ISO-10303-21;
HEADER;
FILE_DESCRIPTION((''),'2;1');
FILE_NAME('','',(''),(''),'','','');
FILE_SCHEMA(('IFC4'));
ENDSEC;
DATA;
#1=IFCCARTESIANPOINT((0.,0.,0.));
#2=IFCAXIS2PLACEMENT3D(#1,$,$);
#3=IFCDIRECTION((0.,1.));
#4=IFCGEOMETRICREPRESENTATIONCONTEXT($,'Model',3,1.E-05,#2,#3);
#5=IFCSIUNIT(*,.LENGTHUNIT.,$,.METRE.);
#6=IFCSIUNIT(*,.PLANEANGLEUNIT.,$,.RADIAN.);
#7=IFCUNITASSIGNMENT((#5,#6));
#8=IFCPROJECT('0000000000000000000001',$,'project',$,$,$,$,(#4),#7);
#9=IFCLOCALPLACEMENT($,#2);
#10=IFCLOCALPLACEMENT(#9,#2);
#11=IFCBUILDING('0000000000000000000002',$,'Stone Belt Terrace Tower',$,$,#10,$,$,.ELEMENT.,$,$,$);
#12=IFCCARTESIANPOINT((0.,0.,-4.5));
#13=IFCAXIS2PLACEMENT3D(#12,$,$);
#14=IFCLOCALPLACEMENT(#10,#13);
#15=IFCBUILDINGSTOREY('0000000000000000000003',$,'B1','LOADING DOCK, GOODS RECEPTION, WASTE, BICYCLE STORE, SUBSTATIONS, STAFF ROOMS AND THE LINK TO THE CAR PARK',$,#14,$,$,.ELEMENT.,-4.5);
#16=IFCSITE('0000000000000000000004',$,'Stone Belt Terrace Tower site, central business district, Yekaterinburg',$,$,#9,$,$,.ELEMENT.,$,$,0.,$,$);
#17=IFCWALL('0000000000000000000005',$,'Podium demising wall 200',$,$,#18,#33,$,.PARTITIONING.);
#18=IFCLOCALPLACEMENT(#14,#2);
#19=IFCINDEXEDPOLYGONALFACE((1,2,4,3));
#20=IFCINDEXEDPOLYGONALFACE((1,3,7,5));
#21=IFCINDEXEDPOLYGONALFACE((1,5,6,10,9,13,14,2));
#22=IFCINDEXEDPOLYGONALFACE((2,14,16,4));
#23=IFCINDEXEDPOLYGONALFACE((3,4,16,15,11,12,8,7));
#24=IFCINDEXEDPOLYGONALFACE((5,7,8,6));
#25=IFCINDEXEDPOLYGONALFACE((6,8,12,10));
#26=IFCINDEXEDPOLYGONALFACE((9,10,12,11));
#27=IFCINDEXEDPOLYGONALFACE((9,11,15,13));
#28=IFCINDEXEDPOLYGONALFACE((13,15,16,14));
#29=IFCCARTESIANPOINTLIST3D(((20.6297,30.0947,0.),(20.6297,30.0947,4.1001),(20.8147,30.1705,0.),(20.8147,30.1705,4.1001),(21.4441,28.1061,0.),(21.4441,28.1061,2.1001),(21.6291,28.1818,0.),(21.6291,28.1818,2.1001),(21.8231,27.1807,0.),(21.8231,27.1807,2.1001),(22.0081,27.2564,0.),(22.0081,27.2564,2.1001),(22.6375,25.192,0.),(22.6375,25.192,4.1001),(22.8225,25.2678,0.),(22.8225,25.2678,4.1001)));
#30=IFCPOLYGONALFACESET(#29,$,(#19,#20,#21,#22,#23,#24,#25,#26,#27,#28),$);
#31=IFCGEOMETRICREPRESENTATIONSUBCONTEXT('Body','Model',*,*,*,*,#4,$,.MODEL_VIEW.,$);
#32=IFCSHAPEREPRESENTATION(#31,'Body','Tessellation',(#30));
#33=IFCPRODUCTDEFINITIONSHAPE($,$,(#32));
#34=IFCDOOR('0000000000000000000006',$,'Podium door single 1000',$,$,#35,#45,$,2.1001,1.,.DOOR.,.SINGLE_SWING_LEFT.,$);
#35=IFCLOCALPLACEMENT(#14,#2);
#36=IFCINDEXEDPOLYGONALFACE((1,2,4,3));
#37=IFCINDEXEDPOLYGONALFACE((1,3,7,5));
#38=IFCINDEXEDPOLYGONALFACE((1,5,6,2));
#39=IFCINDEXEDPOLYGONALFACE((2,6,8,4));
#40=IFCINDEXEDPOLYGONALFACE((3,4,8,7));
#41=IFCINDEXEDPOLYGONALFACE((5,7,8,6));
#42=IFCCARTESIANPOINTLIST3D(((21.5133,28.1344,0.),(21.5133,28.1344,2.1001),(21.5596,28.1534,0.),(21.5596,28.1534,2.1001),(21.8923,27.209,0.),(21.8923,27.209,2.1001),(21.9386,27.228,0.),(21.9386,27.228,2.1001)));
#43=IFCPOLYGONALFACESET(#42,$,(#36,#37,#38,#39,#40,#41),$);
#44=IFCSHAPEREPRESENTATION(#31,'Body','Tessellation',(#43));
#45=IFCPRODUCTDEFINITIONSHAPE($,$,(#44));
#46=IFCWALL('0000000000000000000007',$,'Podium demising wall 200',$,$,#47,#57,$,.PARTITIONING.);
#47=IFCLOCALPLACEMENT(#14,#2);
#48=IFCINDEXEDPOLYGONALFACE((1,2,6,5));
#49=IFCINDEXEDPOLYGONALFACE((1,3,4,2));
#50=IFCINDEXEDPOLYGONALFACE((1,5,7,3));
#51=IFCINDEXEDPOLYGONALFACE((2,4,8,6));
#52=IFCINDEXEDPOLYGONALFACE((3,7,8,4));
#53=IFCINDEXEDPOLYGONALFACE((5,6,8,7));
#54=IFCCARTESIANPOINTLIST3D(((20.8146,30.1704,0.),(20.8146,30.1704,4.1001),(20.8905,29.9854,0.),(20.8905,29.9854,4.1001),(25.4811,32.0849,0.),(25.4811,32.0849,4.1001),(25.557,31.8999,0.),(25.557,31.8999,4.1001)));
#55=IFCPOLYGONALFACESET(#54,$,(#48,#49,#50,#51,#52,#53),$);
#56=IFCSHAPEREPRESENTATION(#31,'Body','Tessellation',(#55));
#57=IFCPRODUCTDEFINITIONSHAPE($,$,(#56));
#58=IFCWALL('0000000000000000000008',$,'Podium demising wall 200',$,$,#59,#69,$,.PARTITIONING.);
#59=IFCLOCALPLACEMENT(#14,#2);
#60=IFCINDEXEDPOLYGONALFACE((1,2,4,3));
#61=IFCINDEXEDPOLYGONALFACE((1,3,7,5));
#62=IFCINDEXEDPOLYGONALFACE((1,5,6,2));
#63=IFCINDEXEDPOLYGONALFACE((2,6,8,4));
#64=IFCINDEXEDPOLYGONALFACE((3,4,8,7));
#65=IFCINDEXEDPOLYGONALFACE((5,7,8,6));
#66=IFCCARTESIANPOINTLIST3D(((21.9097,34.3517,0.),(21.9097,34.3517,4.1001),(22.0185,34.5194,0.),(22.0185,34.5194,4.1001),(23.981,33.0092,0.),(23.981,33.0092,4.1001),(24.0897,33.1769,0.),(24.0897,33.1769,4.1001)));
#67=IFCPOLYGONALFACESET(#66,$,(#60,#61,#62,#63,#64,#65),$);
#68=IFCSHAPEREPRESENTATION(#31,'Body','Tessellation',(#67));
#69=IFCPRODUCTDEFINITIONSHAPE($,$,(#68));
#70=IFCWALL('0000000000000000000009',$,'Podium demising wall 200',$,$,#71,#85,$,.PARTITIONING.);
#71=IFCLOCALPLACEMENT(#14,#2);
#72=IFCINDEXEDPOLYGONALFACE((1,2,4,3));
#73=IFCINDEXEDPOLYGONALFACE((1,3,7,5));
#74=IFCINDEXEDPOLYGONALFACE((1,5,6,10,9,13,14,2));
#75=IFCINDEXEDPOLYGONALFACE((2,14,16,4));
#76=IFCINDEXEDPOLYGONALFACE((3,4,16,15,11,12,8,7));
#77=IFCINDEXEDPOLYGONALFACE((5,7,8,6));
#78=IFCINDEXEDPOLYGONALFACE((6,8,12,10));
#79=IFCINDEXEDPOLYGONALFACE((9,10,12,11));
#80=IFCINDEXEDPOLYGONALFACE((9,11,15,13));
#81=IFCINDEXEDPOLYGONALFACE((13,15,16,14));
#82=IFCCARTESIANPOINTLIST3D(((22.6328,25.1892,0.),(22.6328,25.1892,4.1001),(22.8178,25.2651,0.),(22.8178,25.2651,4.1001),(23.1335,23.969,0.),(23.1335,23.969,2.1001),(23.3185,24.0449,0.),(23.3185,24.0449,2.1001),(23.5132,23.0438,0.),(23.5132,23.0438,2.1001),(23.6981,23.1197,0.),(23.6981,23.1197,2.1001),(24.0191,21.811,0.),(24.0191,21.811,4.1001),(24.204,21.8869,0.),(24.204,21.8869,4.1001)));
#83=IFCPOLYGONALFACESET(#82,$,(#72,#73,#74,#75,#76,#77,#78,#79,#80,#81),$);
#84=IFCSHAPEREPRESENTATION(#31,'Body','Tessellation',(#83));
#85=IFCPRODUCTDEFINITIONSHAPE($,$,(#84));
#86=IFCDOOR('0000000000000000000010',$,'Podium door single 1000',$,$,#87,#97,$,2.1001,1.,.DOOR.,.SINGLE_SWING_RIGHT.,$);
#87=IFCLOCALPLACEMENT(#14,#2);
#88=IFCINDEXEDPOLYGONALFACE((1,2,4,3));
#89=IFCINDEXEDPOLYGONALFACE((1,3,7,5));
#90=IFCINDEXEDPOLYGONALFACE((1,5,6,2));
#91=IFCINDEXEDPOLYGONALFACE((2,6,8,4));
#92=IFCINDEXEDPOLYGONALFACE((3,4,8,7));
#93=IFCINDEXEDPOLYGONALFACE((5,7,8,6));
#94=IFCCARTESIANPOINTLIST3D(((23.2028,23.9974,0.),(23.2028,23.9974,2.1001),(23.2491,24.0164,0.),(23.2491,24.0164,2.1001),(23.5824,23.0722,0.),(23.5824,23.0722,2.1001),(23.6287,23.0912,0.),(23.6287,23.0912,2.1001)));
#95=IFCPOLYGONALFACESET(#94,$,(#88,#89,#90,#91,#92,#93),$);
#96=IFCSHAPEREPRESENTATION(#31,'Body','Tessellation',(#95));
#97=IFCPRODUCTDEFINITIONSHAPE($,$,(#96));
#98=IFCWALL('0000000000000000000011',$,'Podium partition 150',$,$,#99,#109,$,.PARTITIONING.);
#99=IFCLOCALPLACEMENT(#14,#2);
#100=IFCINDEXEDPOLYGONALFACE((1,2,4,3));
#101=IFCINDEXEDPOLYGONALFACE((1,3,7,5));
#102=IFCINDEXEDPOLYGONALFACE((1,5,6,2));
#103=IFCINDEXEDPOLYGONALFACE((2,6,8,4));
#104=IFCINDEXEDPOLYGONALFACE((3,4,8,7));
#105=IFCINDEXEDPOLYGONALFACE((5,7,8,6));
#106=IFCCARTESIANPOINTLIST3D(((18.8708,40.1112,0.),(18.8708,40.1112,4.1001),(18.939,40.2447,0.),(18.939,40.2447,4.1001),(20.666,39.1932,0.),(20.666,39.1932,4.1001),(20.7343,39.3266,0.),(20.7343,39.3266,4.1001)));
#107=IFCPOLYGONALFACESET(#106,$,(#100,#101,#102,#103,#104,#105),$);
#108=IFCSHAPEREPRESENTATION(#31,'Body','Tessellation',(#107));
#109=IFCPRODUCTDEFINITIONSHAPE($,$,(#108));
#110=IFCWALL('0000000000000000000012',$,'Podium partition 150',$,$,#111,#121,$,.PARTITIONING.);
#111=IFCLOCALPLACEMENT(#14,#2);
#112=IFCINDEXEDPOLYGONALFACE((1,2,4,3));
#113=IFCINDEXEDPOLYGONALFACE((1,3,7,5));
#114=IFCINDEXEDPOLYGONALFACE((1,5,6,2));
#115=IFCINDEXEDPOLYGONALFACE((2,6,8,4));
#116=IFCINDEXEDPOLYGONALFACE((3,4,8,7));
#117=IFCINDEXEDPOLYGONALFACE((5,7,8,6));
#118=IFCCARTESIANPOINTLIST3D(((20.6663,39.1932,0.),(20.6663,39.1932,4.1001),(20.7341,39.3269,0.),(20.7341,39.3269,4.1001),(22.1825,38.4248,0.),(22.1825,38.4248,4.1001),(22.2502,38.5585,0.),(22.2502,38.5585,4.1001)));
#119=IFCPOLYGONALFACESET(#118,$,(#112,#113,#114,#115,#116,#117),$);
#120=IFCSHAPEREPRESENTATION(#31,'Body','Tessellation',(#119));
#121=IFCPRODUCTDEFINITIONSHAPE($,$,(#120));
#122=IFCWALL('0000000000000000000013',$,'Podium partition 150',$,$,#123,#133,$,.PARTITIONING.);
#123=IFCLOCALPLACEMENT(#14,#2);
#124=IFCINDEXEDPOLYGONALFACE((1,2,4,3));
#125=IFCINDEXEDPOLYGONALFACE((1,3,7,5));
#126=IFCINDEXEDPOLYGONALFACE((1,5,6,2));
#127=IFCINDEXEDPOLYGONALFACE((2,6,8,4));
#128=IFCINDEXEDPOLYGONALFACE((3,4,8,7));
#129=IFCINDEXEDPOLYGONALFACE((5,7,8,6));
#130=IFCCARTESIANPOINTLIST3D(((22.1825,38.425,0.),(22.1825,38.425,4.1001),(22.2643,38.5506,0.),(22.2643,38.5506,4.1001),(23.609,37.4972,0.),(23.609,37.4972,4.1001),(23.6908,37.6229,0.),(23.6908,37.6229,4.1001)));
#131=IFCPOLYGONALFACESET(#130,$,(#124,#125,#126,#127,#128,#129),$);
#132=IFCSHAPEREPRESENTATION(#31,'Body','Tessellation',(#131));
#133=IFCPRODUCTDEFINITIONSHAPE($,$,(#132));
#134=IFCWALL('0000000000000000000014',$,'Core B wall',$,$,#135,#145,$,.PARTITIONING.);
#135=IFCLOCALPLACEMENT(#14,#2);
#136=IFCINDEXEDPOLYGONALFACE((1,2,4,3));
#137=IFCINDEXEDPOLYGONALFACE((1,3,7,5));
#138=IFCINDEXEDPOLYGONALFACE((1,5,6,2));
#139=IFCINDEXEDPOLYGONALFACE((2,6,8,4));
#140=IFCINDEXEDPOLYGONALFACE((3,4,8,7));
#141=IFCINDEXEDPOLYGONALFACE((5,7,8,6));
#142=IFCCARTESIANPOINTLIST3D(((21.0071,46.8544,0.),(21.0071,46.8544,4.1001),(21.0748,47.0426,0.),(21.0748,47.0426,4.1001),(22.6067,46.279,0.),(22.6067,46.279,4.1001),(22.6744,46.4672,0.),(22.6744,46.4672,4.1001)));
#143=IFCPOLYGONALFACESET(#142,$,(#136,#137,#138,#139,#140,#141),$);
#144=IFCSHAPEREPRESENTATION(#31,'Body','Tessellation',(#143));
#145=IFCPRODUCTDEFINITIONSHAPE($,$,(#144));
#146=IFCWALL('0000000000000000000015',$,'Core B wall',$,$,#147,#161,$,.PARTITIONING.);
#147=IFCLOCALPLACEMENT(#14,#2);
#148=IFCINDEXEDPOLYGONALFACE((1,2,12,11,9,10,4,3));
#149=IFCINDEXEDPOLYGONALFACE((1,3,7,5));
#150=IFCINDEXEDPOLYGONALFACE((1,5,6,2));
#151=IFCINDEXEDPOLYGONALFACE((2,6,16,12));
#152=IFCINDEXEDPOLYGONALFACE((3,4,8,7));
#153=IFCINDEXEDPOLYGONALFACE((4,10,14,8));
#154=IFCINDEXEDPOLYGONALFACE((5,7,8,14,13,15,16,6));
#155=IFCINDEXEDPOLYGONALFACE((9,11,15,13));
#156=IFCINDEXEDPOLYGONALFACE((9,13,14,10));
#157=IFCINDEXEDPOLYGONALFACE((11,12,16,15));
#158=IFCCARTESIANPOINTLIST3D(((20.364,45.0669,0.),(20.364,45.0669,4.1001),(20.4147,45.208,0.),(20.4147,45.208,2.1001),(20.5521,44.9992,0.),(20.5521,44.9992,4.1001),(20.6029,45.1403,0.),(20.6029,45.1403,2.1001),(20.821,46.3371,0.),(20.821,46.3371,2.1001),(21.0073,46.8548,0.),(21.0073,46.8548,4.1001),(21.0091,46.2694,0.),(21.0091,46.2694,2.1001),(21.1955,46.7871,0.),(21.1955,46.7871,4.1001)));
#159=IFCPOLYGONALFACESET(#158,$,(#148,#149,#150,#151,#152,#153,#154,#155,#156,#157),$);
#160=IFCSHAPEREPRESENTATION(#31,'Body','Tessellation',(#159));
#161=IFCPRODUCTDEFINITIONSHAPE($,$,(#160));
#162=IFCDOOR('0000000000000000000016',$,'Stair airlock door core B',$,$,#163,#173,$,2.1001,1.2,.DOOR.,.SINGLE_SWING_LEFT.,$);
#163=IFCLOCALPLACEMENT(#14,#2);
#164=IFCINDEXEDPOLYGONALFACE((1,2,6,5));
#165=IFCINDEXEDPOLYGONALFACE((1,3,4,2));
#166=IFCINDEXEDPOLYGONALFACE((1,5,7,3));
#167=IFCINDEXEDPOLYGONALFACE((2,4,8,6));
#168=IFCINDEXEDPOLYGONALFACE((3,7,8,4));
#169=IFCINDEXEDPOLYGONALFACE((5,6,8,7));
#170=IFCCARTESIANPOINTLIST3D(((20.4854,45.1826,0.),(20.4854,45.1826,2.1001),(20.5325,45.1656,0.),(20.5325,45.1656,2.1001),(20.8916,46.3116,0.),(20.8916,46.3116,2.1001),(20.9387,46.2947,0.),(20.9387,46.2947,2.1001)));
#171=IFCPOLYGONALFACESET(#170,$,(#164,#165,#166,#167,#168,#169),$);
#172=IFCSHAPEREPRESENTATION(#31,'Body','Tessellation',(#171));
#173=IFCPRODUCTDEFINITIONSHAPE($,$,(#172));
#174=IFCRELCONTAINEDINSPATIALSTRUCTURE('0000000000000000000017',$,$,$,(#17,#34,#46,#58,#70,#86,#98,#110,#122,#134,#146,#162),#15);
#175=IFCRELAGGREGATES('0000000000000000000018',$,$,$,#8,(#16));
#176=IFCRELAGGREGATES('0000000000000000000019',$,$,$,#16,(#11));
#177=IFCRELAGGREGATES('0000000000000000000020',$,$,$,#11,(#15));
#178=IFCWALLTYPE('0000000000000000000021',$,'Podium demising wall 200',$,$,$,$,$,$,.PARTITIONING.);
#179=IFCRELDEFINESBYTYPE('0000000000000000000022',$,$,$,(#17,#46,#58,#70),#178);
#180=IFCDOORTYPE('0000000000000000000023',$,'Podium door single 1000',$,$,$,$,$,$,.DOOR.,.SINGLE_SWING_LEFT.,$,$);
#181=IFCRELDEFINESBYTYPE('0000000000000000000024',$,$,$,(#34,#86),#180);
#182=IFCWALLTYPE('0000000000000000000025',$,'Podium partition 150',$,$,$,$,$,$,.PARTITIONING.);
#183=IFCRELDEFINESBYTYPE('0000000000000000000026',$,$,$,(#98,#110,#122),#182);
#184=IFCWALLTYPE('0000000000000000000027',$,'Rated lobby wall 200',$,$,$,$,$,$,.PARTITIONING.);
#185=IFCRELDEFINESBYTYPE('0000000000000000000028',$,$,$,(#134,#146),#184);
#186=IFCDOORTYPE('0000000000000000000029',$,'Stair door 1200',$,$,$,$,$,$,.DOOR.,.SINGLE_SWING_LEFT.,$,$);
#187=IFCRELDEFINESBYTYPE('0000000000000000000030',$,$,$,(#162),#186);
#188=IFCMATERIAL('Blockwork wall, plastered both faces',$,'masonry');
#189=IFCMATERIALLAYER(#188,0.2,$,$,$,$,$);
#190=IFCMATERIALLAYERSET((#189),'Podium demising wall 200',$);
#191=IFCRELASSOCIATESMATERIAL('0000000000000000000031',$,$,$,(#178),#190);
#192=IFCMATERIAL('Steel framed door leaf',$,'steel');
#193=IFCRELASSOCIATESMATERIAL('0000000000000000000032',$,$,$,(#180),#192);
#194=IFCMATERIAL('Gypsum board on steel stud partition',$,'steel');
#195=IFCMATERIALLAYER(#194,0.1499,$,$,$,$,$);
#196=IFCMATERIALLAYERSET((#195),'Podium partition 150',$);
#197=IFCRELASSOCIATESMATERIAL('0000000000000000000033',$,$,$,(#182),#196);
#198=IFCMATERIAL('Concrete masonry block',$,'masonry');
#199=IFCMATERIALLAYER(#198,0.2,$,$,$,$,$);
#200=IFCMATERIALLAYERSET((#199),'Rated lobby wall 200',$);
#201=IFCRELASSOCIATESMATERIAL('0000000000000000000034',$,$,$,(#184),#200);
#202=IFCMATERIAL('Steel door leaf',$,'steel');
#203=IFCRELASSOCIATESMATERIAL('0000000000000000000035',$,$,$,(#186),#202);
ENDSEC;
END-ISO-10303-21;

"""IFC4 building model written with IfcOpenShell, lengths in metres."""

from ifc_helpers import new_model, si_unit, direction, frame, frame_2d, origin, place, context, subcontext, project, spatial, rectangle, extrude, material, layer, layer_set, type_object, element, fill, save


model = new_model("IFC4")

# Units and contexts
model_context = context("Model", 3, precision=1e-05, world=origin(), true_north=direction((0.0, 1.0)))
body_context = subcontext(model_context, "Body", "Model", "MODEL_VIEW")
ifc_project = project(units=[si_unit("LENGTHUNIT", "METRE"), si_unit("PLANEANGLEUNIT", "RADIAN")], contexts=[model_context])

# Site, building, storey
site_placement = place(None, origin())
site = spatial("IfcSite", under=ifc_project, at=site_placement, Name="Stone Belt Terrace Tower site, central business district, Yekaterinburg", CompositionType="ELEMENT", RefElevation=0.0)
building_placement = place(site_placement, origin())
building = spatial("IfcBuilding", under=site, at=building_placement, Name="Stone Belt Terrace Tower", CompositionType="ELEMENT")
storey_placement = place(building_placement, frame((0.0, 0.0, -4.5)))
storey = spatial("IfcBuildingStorey", under=building, at=storey_placement, Name="B1", Description="LOADING DOCK, GOODS RECEPTION, WASTE, BICYCLE STORE, SUBSTATIONS, STAFF ROOMS AND THE LINK TO THE CAR PARK", CompositionType="ELEMENT", Elevation=-4.5)

# Shared definitions
ifc_material_1 = material(Name="Blockwork wall, plastered both faces", Category="masonry")
ifc_layer_1 = layer(ifc_material_1, 0.2)
ifc_layer_set_1 = layer_set([ifc_layer_1], Name="Podium demising wall 200")
wall_type_1 = type_object("IfcWallType", Name="Podium demising wall 200", PredefinedType="PARTITIONING", material=ifc_layer_set_1)
ifc_material_2 = material(Name="Steel framed door leaf", Category="steel")
door_type_1 = type_object("IfcDoorType", Name="Podium door single 1000", OperationType="SINGLE_SWING_LEFT", PredefinedType="DOOR", material=ifc_material_2)

# Wall, opening, door
wall_1_placement = place(storey_placement, frame((20.7222, 30.1326, 0.0), z_axis=(0.0, 0.0, 1.0), x_axis=(0.37899, -0.925401, 0.0)))
wall_1 = element("IfcWall", 1, at=wall_1_placement, inside=storey, type_object=wall_type_1, Name="Podium demising wall 200", PredefinedType="PARTITIONING", context=body_context, shape_type="SweptSolid", body=[
    extrude(rectangle(XDim=5.2979, YDim=0.2, at=frame_2d((2.6489, 0.0))), origin(), (0.0, 0.0, 1.0), 4.1001),
])
opening_1_placement = place(wall_1_placement, frame((2.1489, 0.0, 0.0)))
opening_1 = element("IfcOpeningElement", 2, at=opening_1_placement, cuts=wall_1, PredefinedType="OPENING", context=body_context, shape_type="SweptSolid", body=[
    extrude(rectangle(XDim=1.0, YDim=2.1001, at=frame_2d((0.5, 1.05))), frame((0.0, 0.1099, 0.0), z_axis=(0.0, -1.0, 0.0), x_axis=(1.0, 0.0, 0.0)), (0.0, 0.0, 1.0), 0.22),
])
door_1_placement = place(opening_1_placement, origin())
door_1 = element("IfcDoor", 3, at=door_1_placement, inside=storey, type_object=door_type_1, Name="Podium door single 1000", OperationType="SINGLE_SWING_LEFT", OverallHeight=2.1001, OverallWidth=1.0, PredefinedType="DOOR", context=body_context, shape_type="SweptSolid", body=[
    extrude(rectangle(XDim=1.0, YDim=2.1001, at=frame_2d((0.5, 1.05))), frame((0.0, 0.0249, 0.0), z_axis=(0.0, -1.0, 0.0), x_axis=(1.0, 0.0, 0.0)), (0.0, 0.0, 1.0), 0.05),
])
fill(opening_1, door_1)

# Walls
wall_2_placement = place(storey_placement, frame((20.8525, 30.0779, 0.0), z_axis=(0.0, 0.0, 1.0), x_axis=(0.925163, 0.379571, 0.0)))
element("IfcWall", 4, at=wall_2_placement, inside=storey, type_object=wall_type_1, Name="Podium demising wall 200", PredefinedType="PARTITIONING", context=body_context, shape_type="SweptSolid", body=[
    extrude(rectangle(XDim=5.0439, YDim=0.2, at=frame_2d((2.522, 0.0))), origin(), (0.0, 0.0, 1.0), 4.1001),
])
wall_3_placement = place(storey_placement, frame((21.9641, 34.4355, 0.0), z_axis=(0.0, 0.0, 1.0), x_axis=(0.839148, -0.543903, 0.0)))
element("IfcWall", 5, at=wall_3_placement, inside=storey, type_object=wall_type_1, Name="Podium demising wall 200", PredefinedType="PARTITIONING", context=body_context, shape_type="SweptSolid", body=[
    extrude(rectangle(XDim=2.4683, YDim=0.2, at=frame_2d((1.2341, 0.0))), origin(), (0.0, 0.0, 1.0), 4.1001),
])

# Wall, opening, door
wall_4_placement = place(storey_placement, frame((22.7253, 25.2271, 0.0), z_axis=(0.0, 0.0, 1.0), x_axis=(0.37963, -0.925139, 0.0)))
wall_4 = element("IfcWall", 6, at=wall_4_placement, inside=storey, type_object=wall_type_1, Name="Podium demising wall 200", PredefinedType="PARTITIONING", context=body_context, shape_type="SweptSolid", body=[
    extrude(rectangle(XDim=3.6516, YDim=0.2, at=frame_2d((1.8257, 0.0))), origin(), (0.0, 0.0, 1.0), 4.1001),
])
opening_2_placement = place(wall_4_placement, frame((1.3188, 0.0, 0.0)))
opening_2 = element("IfcOpeningElement", 7, at=opening_2_placement, cuts=wall_4, PredefinedType="OPENING", context=body_context, shape_type="SweptSolid", body=[
    extrude(rectangle(XDim=1.0, YDim=2.1001, at=frame_2d((0.5, 1.05))), frame((0.0, 0.1099, 0.0), z_axis=(0.0, -1.0, 0.0), x_axis=(1.0, 0.0, 0.0)), (0.0, 0.0, 1.0), 0.22),
])
door_2_placement = place(opening_2_placement, origin())
door_2 = element("IfcDoor", 8, at=door_2_placement, inside=storey, type_object=door_type_1, Name="Podium door single 1000", OperationType="SINGLE_SWING_RIGHT", OverallHeight=2.1001, OverallWidth=1.0, PredefinedType="DOOR", context=body_context, shape_type="SweptSolid", body=[
    extrude(rectangle(XDim=1.0, YDim=2.1001, at=frame_2d((0.5, 1.05))), frame((0.0, 0.0249, 0.0), z_axis=(0.0, -1.0, 0.0), x_axis=(1.0, 0.0, 0.0)), (0.0, 0.0, 1.0), 0.05),
])
fill(opening_2, door_2)

# Walls
ifc_material_3 = material(Name="Gypsum board on steel stud partition", Category="steel")
ifc_layer_2 = layer(ifc_material_3, 0.1499)
ifc_layer_set_2 = layer_set([ifc_layer_2], Name="Podium partition 150")
wall_type_2 = type_object("IfcWallType", Name="Podium partition 150", PredefinedType="PARTITIONING", material=ifc_layer_set_2)
wall_5_placement = place(storey_placement, frame((18.9048, 40.178, 0.0), z_axis=(0.0, 0.0, 1.0), x_axis=(0.890346, -0.455284, 0.0)))
element("IfcWall", 9, at=wall_5_placement, inside=storey, type_object=wall_type_2, Name="Podium partition 150", PredefinedType="PARTITIONING", context=body_context, shape_type="SweptSolid", body=[
    extrude(rectangle(XDim=2.0164, YDim=0.1499, at=frame_2d((1.0083, 0.0))), origin(), (0.0, 0.0, 1.0), 4.1001),
])
wall_6_placement = place(storey_placement, frame((20.7002, 39.26, 0.0), z_axis=(0.0, 0.0, 1.0), x_axis=(0.892001, -0.452033, 0.0)))
element("IfcWall", 10, at=wall_6_placement, inside=storey, type_object=wall_type_2, Name="Podium partition 150", PredefinedType="PARTITIONING", context=body_context, shape_type="SweptSolid", body=[
    extrude(rectangle(XDim=1.6997, YDim=0.1499, at=frame_2d((0.8499, 0.0))), origin(), (0.0, 0.0, 1.0), 4.1001),
])
wall_7_placement = place(storey_placement, frame((22.2234, 38.4878, 0.0), z_axis=(0.0, 0.0, 1.0), x_axis=(0.838309, -0.545195, 0.0)))
element("IfcWall", 11, at=wall_7_placement, inside=storey, type_object=wall_type_2, Name="Podium partition 150", PredefinedType="PARTITIONING", context=body_context, shape_type="SweptSolid", body=[
    extrude(rectangle(XDim=1.7017, YDim=0.1499, at=frame_2d((0.8508, 0.0))), origin(), (0.0, 0.0, 1.0), 4.1001),
])
ifc_material_4 = material(Name="Concrete masonry block", Category="masonry")
ifc_layer_3 = layer(ifc_material_4, 0.2)
ifc_layer_set_3 = layer_set([ifc_layer_3], Name="Rated lobby wall 200")
wall_type_3 = type_object("IfcWallType", Name="Rated lobby wall 200", PredefinedType="PARTITIONING", material=ifc_layer_set_3)
wall_8_placement = place(storey_placement, frame((22.6406, 46.373, 0.0), z_axis=(0.0, 0.0, 1.0), x_axis=(-0.940966, 0.338501, 0.0)))
element("IfcWall", 12, at=wall_8_placement, inside=storey, type_object=wall_type_3, Name="Core B wall", PredefinedType="PARTITIONING", context=body_context, shape_type="SweptSolid", body=[
    extrude(rectangle(XDim=1.7, YDim=0.2, at=frame_2d((0.8501, 0.0))), origin(), (0.0, 0.0, 1.0), 4.1001),
])

# Wall, opening, door
wall_9_placement = place(storey_placement, frame((20.458, 45.033, 0.0), z_axis=(0.0, 0.0, 1.0), x_axis=(0.338574, 0.94094, 0.0)))
wall_9 = element("IfcWall", 13, at=wall_9_placement, inside=storey, type_object=wall_type_3, Name="Core B wall", PredefinedType="PARTITIONING", context=body_context, shape_type="SweptSolid", body=[
    extrude(rectangle(XDim=1.9001, YDim=0.2, at=frame_2d((0.9502, 0.0))), origin(), (0.0, 0.0, 1.0), 4.1001),
])
opening_3_placement = place(wall_9_placement, frame((0.1499, 0.0, 0.0)))
opening_3 = element("IfcOpeningElement", 14, at=opening_3_placement, cuts=wall_9, PredefinedType="OPENING", context=body_context, shape_type="SweptSolid", body=[
    extrude(rectangle(XDim=1.2, YDim=2.1001, at=frame_2d((0.6001, 1.05))), frame((0.0, 0.1099, 0.0), z_axis=(0.0, -1.0, 0.0), x_axis=(1.0, 0.0, 0.0)), (0.0, 0.0, 1.0), 0.22),
])
ifc_material_5 = material(Name="Steel door leaf", Category="steel")
door_type_2 = type_object("IfcDoorType", Name="Stair door 1200", OperationType="SINGLE_SWING_LEFT", PredefinedType="DOOR", material=ifc_material_5)
door_3_placement = place(opening_3_placement, origin())
door_3 = element("IfcDoor", 15, at=door_3_placement, inside=storey, type_object=door_type_2, Name="Stair airlock door core B", OperationType="SINGLE_SWING_LEFT", OverallHeight=2.1001, OverallWidth=1.2, PredefinedType="DOOR", context=body_context, shape_type="SweptSolid", body=[
    extrude(rectangle(XDim=1.2, YDim=2.1001, at=frame_2d((0.6001, 1.05))), frame((0.0, 0.0249, 0.0), z_axis=(0.0, -1.0, 0.0), x_axis=(1.0, 0.0, 0.0)), (0.0, 0.0, 1.0), 0.05),
])
fill(opening_3, door_3)

save(model, "model.ifc")
